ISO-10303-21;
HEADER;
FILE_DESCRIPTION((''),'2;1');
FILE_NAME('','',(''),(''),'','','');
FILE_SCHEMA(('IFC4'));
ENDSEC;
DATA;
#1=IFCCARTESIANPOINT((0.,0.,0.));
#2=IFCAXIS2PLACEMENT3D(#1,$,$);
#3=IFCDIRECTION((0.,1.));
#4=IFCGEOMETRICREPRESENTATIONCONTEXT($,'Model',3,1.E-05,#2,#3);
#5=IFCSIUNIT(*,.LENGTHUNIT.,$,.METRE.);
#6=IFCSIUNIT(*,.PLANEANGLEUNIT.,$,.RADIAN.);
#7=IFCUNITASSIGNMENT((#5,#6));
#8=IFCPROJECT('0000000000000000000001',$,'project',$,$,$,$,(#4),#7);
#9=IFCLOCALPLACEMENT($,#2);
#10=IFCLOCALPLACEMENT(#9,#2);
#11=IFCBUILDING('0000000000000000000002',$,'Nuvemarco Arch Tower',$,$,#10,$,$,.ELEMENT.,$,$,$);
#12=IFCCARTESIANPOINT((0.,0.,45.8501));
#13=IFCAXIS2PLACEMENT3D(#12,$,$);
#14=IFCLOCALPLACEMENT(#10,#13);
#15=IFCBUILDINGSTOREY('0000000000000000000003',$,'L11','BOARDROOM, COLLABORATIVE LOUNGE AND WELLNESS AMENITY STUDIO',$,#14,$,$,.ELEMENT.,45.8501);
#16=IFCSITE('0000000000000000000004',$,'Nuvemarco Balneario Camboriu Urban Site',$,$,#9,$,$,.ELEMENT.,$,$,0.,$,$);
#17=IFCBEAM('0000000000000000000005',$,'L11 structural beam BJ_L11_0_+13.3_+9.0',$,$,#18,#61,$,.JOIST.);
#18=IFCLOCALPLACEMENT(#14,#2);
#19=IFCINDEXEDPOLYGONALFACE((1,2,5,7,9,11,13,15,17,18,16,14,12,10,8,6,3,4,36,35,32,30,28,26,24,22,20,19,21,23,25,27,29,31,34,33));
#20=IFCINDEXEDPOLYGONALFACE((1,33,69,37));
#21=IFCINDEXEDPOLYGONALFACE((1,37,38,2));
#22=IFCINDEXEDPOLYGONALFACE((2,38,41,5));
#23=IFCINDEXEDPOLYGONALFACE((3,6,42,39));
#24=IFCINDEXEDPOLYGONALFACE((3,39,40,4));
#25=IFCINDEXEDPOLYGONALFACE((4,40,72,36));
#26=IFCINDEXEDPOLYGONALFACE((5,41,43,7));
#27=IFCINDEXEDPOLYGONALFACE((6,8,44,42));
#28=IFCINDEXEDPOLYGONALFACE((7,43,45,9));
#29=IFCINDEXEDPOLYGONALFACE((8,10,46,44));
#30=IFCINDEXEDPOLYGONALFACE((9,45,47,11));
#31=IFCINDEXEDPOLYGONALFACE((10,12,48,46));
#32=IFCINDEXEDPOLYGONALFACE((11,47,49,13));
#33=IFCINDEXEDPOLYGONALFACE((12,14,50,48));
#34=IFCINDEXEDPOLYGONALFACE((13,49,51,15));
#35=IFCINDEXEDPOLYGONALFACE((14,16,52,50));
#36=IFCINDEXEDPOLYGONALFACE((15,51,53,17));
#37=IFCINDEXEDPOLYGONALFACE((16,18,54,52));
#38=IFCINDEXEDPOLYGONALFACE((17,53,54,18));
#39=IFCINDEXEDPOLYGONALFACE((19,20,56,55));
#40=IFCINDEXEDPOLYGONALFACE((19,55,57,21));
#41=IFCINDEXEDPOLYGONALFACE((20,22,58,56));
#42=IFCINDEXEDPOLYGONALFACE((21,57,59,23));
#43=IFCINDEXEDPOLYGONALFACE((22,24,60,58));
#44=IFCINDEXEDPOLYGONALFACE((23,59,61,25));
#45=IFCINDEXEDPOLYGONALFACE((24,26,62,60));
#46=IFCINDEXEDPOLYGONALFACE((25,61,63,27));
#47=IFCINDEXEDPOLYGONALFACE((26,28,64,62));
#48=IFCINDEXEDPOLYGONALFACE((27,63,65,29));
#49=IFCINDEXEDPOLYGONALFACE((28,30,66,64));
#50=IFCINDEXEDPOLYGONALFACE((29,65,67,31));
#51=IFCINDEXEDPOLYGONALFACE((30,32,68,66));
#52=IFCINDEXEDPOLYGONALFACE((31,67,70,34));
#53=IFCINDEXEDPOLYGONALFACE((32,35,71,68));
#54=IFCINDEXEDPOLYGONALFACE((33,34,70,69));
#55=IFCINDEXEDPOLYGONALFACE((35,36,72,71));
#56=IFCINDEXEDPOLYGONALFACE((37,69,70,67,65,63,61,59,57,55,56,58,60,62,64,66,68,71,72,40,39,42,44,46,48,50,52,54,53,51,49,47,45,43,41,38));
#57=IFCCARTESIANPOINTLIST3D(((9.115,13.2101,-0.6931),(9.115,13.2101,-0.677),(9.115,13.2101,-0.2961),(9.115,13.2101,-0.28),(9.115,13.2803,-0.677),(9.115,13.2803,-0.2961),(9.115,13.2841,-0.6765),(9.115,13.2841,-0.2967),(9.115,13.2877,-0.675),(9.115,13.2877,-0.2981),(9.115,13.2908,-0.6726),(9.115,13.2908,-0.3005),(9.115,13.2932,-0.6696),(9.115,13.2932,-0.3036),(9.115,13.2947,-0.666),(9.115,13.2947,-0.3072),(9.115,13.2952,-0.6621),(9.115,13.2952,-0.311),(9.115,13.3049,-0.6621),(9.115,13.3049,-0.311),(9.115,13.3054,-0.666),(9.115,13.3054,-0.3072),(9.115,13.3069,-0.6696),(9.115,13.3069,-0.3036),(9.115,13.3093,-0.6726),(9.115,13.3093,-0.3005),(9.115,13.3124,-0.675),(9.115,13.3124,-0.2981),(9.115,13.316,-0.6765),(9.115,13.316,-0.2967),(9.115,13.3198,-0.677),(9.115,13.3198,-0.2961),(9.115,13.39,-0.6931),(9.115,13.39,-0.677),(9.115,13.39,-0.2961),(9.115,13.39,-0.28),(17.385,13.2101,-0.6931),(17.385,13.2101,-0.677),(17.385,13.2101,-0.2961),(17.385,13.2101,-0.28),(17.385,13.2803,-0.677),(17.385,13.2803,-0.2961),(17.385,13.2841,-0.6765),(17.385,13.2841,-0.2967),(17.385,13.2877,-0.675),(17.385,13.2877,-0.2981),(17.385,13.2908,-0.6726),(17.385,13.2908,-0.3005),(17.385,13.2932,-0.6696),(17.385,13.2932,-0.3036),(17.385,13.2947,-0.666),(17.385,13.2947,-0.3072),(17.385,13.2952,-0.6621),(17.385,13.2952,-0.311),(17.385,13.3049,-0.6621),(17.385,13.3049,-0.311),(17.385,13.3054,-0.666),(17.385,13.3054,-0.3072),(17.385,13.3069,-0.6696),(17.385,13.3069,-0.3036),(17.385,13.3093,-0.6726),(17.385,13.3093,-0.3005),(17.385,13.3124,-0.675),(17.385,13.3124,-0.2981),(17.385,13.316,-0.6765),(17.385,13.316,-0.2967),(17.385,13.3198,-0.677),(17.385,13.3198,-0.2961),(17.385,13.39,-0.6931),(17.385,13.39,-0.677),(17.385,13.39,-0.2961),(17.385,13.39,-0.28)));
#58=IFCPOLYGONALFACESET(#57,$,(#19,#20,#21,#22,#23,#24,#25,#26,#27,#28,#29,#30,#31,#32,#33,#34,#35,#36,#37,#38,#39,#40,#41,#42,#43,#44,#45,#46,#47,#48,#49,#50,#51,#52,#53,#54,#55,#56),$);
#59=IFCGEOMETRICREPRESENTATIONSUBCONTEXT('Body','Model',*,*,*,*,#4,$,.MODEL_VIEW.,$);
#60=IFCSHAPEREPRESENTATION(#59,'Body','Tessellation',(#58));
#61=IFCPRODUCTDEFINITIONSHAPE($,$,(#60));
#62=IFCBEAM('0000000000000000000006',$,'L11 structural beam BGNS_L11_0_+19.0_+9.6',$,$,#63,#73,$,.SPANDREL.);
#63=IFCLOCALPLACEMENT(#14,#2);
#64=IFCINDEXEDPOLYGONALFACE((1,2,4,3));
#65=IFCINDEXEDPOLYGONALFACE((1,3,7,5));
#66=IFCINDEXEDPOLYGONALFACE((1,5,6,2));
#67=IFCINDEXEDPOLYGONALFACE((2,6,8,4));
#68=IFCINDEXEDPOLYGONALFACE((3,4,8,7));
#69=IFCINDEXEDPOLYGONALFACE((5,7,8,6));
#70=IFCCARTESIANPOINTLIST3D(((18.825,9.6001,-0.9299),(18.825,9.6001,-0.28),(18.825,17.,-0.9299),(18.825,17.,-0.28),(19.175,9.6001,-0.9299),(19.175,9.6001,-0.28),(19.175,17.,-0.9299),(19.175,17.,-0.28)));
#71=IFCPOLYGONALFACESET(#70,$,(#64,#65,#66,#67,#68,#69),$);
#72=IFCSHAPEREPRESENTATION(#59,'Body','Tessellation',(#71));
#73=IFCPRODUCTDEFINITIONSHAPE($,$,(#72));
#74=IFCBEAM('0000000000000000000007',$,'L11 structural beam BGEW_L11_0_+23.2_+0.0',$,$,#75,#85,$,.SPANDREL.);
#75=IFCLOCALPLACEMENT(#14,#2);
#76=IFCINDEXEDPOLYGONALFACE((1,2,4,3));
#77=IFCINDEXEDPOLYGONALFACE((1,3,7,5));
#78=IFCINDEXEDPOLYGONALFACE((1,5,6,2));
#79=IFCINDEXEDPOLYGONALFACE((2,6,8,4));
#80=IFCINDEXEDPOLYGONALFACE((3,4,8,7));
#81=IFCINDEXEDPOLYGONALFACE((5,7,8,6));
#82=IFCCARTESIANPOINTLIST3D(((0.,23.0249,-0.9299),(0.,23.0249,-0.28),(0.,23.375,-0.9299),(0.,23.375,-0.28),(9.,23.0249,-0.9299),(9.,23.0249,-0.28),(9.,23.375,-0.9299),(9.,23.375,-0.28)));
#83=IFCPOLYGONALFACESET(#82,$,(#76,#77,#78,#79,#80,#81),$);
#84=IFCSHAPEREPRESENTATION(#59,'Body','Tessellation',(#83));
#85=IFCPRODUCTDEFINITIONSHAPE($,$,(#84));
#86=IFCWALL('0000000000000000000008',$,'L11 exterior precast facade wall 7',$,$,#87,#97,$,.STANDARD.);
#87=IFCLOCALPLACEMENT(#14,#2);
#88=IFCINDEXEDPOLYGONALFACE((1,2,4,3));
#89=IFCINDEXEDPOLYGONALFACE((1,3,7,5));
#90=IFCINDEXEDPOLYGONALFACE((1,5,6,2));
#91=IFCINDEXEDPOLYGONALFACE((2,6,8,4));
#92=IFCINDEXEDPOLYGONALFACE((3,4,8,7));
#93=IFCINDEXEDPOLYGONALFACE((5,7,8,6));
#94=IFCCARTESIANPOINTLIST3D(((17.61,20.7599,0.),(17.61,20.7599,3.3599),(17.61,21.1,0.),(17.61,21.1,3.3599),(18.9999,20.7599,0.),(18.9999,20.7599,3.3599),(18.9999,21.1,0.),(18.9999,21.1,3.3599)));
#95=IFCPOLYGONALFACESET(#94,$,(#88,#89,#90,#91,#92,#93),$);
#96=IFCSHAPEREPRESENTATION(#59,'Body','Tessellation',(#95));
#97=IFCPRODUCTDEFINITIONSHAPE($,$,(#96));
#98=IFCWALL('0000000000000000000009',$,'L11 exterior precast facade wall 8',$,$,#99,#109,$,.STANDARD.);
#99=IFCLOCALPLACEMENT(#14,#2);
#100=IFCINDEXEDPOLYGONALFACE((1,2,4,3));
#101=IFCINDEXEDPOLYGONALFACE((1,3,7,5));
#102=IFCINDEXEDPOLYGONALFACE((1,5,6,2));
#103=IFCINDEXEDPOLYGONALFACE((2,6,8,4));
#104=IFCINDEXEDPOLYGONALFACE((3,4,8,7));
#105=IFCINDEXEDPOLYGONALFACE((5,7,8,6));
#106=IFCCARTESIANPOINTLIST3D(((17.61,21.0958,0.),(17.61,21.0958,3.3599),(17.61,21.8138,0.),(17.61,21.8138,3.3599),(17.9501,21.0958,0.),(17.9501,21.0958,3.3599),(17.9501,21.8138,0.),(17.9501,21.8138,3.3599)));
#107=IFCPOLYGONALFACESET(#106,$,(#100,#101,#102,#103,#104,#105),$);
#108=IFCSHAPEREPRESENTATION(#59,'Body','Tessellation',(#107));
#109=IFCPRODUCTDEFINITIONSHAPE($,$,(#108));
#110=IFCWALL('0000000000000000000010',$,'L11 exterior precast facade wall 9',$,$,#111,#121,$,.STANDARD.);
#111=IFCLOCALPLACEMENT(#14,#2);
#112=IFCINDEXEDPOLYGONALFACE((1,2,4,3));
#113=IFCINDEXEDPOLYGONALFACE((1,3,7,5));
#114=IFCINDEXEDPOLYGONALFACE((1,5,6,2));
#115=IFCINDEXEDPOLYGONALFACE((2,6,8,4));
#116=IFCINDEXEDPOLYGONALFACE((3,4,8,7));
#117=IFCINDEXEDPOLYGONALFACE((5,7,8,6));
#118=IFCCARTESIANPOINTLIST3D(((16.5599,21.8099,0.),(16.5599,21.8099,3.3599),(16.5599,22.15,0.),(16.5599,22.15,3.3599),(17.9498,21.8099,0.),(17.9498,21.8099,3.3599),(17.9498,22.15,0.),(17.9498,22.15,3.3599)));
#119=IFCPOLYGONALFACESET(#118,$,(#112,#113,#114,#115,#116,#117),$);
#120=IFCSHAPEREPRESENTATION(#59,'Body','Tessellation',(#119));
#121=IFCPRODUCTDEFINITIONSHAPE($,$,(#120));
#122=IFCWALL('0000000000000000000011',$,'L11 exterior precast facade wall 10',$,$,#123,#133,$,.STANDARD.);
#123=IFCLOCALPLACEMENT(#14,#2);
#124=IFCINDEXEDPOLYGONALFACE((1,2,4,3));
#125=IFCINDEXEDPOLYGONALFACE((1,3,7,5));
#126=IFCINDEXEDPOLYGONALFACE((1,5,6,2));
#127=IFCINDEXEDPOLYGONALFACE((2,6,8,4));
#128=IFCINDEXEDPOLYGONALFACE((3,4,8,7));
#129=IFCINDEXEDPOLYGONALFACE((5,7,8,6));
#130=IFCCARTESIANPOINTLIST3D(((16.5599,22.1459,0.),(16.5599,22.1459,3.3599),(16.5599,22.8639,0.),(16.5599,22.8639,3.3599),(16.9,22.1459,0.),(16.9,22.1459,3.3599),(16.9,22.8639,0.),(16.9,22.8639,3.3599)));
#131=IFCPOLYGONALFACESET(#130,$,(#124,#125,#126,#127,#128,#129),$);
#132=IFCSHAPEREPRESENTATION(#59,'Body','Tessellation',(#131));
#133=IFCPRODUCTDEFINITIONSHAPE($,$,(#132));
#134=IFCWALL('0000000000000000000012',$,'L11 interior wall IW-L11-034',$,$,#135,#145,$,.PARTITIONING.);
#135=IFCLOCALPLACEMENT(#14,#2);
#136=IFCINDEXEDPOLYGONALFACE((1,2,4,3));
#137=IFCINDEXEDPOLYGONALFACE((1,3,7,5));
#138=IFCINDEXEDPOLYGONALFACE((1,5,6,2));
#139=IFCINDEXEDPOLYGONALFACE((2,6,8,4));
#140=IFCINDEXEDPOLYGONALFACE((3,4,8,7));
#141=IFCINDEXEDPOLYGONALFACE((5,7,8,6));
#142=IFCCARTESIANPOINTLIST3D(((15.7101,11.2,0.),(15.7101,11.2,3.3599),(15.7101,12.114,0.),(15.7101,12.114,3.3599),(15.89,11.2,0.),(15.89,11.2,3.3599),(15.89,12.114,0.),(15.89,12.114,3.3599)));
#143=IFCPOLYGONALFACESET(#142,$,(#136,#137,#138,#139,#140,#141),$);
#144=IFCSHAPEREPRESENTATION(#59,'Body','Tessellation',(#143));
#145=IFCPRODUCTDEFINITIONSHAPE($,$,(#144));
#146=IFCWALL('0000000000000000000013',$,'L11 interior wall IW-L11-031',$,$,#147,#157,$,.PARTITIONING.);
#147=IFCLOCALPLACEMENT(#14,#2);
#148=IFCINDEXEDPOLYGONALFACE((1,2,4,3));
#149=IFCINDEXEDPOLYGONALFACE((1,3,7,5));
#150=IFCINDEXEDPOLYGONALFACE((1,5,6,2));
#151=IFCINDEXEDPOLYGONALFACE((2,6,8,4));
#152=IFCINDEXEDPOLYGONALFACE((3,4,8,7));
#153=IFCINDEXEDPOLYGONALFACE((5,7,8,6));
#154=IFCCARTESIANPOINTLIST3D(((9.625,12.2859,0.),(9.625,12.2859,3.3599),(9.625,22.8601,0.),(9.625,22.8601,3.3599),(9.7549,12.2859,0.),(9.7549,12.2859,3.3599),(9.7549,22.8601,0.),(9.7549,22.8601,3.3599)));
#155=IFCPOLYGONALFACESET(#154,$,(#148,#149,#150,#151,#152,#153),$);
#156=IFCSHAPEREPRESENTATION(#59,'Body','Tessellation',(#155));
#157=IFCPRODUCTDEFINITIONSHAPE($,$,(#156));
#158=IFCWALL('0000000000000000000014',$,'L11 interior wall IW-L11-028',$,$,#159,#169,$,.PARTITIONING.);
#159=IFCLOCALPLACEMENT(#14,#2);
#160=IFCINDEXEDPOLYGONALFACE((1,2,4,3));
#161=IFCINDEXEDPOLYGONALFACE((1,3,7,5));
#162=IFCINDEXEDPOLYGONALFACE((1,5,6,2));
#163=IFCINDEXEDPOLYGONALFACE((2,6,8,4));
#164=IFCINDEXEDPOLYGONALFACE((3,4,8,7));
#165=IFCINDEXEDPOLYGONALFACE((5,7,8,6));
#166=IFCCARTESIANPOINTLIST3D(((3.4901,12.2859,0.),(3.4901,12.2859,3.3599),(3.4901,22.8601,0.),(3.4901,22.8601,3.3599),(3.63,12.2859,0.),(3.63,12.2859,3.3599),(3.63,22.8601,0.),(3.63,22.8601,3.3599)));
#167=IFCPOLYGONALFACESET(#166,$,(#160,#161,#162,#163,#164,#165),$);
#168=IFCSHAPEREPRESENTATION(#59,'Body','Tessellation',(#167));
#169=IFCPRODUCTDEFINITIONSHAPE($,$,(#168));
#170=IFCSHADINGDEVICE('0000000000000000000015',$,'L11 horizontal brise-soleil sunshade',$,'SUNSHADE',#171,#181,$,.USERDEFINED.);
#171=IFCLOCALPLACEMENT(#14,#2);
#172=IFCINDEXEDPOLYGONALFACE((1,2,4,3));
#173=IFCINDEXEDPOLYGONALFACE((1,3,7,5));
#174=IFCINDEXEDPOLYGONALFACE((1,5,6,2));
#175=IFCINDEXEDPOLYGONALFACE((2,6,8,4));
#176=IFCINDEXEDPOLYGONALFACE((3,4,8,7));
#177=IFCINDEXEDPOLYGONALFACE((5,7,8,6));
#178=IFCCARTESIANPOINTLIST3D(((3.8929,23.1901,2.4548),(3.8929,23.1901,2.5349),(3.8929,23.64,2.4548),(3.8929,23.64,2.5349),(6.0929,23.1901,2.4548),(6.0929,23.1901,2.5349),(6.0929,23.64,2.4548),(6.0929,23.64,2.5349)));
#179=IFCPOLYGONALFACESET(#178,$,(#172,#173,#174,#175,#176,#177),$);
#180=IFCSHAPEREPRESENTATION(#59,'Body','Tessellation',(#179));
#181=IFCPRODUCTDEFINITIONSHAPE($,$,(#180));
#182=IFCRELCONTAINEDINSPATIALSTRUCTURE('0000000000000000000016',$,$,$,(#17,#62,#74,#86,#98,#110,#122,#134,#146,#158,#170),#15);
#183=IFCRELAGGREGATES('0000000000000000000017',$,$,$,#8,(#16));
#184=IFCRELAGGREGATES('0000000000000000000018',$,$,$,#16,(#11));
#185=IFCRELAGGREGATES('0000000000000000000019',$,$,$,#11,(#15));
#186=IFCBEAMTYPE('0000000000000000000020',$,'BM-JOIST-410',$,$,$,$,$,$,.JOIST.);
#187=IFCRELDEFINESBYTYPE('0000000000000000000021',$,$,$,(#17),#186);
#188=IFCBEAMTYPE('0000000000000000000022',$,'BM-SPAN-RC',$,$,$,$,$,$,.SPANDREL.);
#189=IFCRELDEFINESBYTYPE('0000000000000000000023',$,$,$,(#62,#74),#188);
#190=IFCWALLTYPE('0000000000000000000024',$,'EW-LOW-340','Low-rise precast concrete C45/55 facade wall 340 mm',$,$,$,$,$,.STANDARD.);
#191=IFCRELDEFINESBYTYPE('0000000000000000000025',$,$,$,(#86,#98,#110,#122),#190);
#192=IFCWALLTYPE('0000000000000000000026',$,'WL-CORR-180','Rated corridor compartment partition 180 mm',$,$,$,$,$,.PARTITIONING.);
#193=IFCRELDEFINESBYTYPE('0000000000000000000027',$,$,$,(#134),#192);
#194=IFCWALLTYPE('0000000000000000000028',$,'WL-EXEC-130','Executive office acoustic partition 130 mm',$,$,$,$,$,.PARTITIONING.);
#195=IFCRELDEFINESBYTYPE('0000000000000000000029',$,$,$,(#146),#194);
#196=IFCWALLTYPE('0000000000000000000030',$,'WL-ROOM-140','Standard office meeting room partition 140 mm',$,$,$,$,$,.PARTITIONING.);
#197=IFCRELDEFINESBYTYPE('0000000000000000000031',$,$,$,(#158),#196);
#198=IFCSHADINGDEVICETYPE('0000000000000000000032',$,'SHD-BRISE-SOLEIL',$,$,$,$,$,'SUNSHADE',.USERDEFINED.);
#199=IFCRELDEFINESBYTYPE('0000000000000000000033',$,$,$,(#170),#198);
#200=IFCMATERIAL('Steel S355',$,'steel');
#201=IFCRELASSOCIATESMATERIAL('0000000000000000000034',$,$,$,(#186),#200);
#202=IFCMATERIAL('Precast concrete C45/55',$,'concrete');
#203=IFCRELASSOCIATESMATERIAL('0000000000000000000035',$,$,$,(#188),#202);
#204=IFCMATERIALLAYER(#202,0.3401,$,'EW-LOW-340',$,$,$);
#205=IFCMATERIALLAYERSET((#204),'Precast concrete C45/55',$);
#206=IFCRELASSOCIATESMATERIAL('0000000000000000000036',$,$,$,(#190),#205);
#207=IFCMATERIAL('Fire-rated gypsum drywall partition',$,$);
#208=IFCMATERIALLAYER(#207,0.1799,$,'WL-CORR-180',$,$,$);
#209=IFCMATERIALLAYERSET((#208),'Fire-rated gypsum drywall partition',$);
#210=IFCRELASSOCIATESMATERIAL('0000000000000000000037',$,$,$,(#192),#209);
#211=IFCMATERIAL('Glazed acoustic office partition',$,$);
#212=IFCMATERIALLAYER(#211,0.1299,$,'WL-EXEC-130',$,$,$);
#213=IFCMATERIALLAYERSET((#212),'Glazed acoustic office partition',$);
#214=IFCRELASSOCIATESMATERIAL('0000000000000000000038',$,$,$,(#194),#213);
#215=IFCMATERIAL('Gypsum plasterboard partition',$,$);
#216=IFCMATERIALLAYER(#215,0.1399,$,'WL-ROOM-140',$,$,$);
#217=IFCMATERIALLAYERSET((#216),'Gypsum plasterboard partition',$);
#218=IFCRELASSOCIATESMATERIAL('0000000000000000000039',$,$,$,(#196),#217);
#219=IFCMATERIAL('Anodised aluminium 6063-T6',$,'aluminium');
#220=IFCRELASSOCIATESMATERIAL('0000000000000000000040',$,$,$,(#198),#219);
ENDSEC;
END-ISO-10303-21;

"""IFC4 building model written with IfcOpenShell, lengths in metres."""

from ifc_helpers import new_model, si_unit, direction, frame, frame_2d, origin, origin_2d, place, context, subcontext, project, spatial, rectangle, i_section, extrude, source, transform, mapped, material, layer, layer_set, material_profile, profile_set, type_object, type_shapes, element, save


model = new_model("IFC4")

# Units and contexts
model_context = context("Model", 3, precision=1e-05, world=origin(), true_north=direction((0.0, 1.0)))
body_context = subcontext(model_context, "Body", "Model", "MODEL_VIEW")
ifc_project = project(units=[si_unit("LENGTHUNIT", "METRE"), si_unit("PLANEANGLEUNIT", "RADIAN")], contexts=[model_context])

# Site, building, storey
site_placement = place(None, origin())
site = spatial("IfcSite", under=ifc_project, at=site_placement, Name="Nuvemarco Balneario Camboriu Urban Site", CompositionType="ELEMENT", RefElevation=0.0)
building_placement = place(site_placement, origin())
building = spatial("IfcBuilding", under=site, at=building_placement, Name="Nuvemarco Arch Tower", CompositionType="ELEMENT")
storey_placement = place(building_placement, frame((0.0, 0.0, 45.8501)))
storey = spatial("IfcBuildingStorey", under=building, at=storey_placement, Name="L11", Description="BOARDROOM, COLLABORATIVE LOUNGE AND WELLNESS AMENITY STUDIO", CompositionType="ELEMENT", Elevation=45.8501)

# Shared definitions
ifc_material_1 = material(Name="Steel S355", Category="steel")

# Beams
ifc_material_profile_1 = material_profile(ifc_material_1, i_section(OverallWidth=0.1799, OverallDepth=0.4131, WebThickness=0.0098, FlangeThickness=0.0161, FilletRadius=0.0149, at=origin_2d()), Name="W410x75")
ifc_profile_set_1 = profile_set([ifc_material_profile_1], Name="Steel S355")
beam_type_1 = type_object("IfcBeamType", Name="BM-JOIST-410", PredefinedType="JOIST", material=ifc_profile_set_1)
beam_1_placement = place(storey_placement, frame((9.115, 13.3, -0.4866), z_axis=(1.0, 0.0, 0.0), x_axis=(0.0, 1.0, 0.0)))
element("IfcBeam", 1, at=beam_1_placement, inside=storey, type_object=beam_type_1, Name="L11 structural beam BJ_L11_0_+13.3_+9.0", PredefinedType="JOIST", context=body_context, shape_type="SweptSolid", body=[
    extrude(i_section(OverallWidth=0.1799, OverallDepth=0.4131, WebThickness=0.0098, FlangeThickness=0.0161, FilletRadius=0.0149, at=origin_2d()), origin(), (0.0, 0.0, 1.0), 8.27),
])
ifc_material_2 = material(Name="Precast concrete C45/55", Category="concrete")
ifc_material_profile_2 = material_profile(ifc_material_2, rectangle(XDim=0.3501, YDim=0.6499, at=origin_2d()), Name="PC-SP-350x650")
ifc_profile_set_2 = profile_set([ifc_material_profile_2], Name="Precast concrete C45/55")
beam_type_2 = type_object("IfcBeamType", Name="BM-SPAN-RC", PredefinedType="SPANDREL", material=ifc_profile_set_2)
beam_2_placement = place(storey_placement, frame((19.0, 9.6001, -0.605), z_axis=(0.0, 1.0, 0.0), x_axis=(-1.0, 0.0, 0.0)))
element("IfcBeam", 2, at=beam_2_placement, inside=storey, type_object=beam_type_2, Name="L11 structural beam BGNS_L11_0_+19.0_+9.6", PredefinedType="SPANDREL", context=body_context, shape_type="SweptSolid", body=[
    extrude(rectangle(XDim=0.3501, YDim=0.6499, at=origin_2d()), origin(), (0.0, 0.0, 1.0), 7.3999),
])
beam_3_placement = place(storey_placement, frame((0.0, 23.2, -0.605), z_axis=(1.0, 0.0, 0.0), x_axis=(0.0, 1.0, 0.0)))
element("IfcBeam", 3, at=beam_3_placement, inside=storey, type_object=beam_type_2, Name="L11 structural beam BGEW_L11_0_+23.2_+0.0", PredefinedType="SPANDREL", context=body_context, shape_type="SweptSolid", body=[
    extrude(rectangle(XDim=0.3501, YDim=0.6499, at=origin_2d()), origin(), (0.0, 0.0, 1.0), 9.0),
])

# Walls
ifc_layer_1 = layer(ifc_material_2, 0.3401, Name="EW-LOW-340")
ifc_layer_set_1 = layer_set([ifc_layer_1], Name="Precast concrete C45/55")
wall_type_1 = type_object("IfcWallType", Name="EW-LOW-340", Description="Low-rise precast concrete C45/55 facade wall 340 mm", PredefinedType="STANDARD", material=ifc_layer_set_1)
wall_1_placement = place(storey_placement, frame((17.6101, 20.9299, 0.0), z_axis=(0.0, 0.0, 1.0), x_axis=(1.0, 0.0, 0.0)))
element("IfcWall", 4, at=wall_1_placement, inside=storey, type_object=wall_type_1, Name="L11 exterior precast facade wall 7", PredefinedType="STANDARD", context=body_context, shape_type="SweptSolid", body=[
    extrude(rectangle(XDim=1.3899, YDim=0.3401, at=frame_2d((0.6948, 0.0))), origin(), (0.0, 0.0, 1.0), 3.3599),
])
wall_2_placement = place(storey_placement, frame((17.78, 21.0959, 0.0), z_axis=(0.0, 0.0, 1.0), x_axis=(0.0, 1.0, 0.0)))
element("IfcWall", 5, at=wall_2_placement, inside=storey, type_object=wall_type_1, Name="L11 exterior precast facade wall 8", PredefinedType="STANDARD", context=body_context, shape_type="SweptSolid", body=[
    extrude(rectangle(XDim=0.718, YDim=0.3401, at=frame_2d((0.3589, 0.0))), origin(), (0.0, 0.0, 1.0), 3.3599),
])
wall_3_placement = place(storey_placement, frame((16.5601, 21.98, 0.0), z_axis=(0.0, 0.0, 1.0), x_axis=(1.0, 0.0, 0.0)))
element("IfcWall", 6, at=wall_3_placement, inside=storey, type_object=wall_type_1, Name="L11 exterior precast facade wall 9", PredefinedType="STANDARD", context=body_context, shape_type="SweptSolid", body=[
    extrude(rectangle(XDim=1.3899, YDim=0.3401, at=frame_2d((0.6948, 0.0))), origin(), (0.0, 0.0, 1.0), 3.3599),
])
wall_4_placement = place(storey_placement, frame((16.73, 22.146, 0.0), z_axis=(0.0, 0.0, 1.0), x_axis=(0.0, 1.0, 0.0)))
element("IfcWall", 7, at=wall_4_placement, inside=storey, type_object=wall_type_1, Name="L11 exterior precast facade wall 10", PredefinedType="STANDARD", context=body_context, shape_type="SweptSolid", body=[
    extrude(rectangle(XDim=0.718, YDim=0.3401, at=frame_2d((0.3589, 0.0))), origin(), (0.0, 0.0, 1.0), 3.3599),
])
ifc_material_3 = material(Name="Fire-rated gypsum drywall partition")
ifc_layer_2 = layer(ifc_material_3, 0.1799, Name="WL-CORR-180")
ifc_layer_set_2 = layer_set([ifc_layer_2], Name="Fire-rated gypsum drywall partition")
wall_type_2 = type_object("IfcWallType", Name="WL-CORR-180", Description="Rated corridor compartment partition 180 mm", PredefinedType="PARTITIONING", material=ifc_layer_set_2)
wall_5_placement = place(storey_placement, frame((15.8, 11.2, 0.0), z_axis=(0.0, 0.0, 1.0), x_axis=(0.0, 1.0, 0.0)))
element("IfcWall", 8, at=wall_5_placement, inside=storey, type_object=wall_type_2, Name="L11 interior wall IW-L11-034", PredefinedType="PARTITIONING", context=body_context, shape_type="SweptSolid", body=[
    extrude(rectangle(XDim=0.9141, YDim=0.1799, at=frame_2d((0.457, 0.0))), origin(), (0.0, 0.0, 1.0), 3.3599),
])
ifc_material_4 = material(Name="Glazed acoustic office partition")
ifc_layer_3 = layer(ifc_material_4, 0.1299, Name="WL-EXEC-130")
ifc_layer_set_3 = layer_set([ifc_layer_3], Name="Glazed acoustic office partition")
wall_type_3 = type_object("IfcWallType", Name="WL-EXEC-130", Description="Executive office acoustic partition 130 mm", PredefinedType="PARTITIONING", material=ifc_layer_set_3)
wall_6_placement = place(storey_placement, frame((9.6899, 12.2859, 0.0), z_axis=(0.0, 0.0, 1.0), x_axis=(0.0, 1.0, 0.0)))
element("IfcWall", 9, at=wall_6_placement, inside=storey, type_object=wall_type_3, Name="L11 interior wall IW-L11-031", PredefinedType="PARTITIONING", context=body_context, shape_type="SweptSolid", body=[
    extrude(rectangle(XDim=10.5742, YDim=0.1299, at=frame_2d((5.2871, 0.0))), origin(), (0.0, 0.0, 1.0), 3.3599),
])
ifc_material_5 = material(Name="Gypsum plasterboard partition")
ifc_layer_4 = layer(ifc_material_5, 0.1399, Name="WL-ROOM-140")
ifc_layer_set_4 = layer_set([ifc_layer_4], Name="Gypsum plasterboard partition")
wall_type_4 = type_object("IfcWallType", Name="WL-ROOM-140", Description="Standard office meeting room partition 140 mm", PredefinedType="PARTITIONING", material=ifc_layer_set_4)
wall_7_placement = place(storey_placement, frame((3.5601, 12.2859, 0.0), z_axis=(0.0, 0.0, 1.0), x_axis=(0.0, 1.0, 0.0)))
element("IfcWall", 10, at=wall_7_placement, inside=storey, type_object=wall_type_4, Name="L11 interior wall IW-L11-028", PredefinedType="PARTITIONING", context=body_context, shape_type="SweptSolid", body=[
    extrude(rectangle(XDim=10.5742, YDim=0.1399, at=frame_2d((5.2871, 0.0))), origin(), (0.0, 0.0, 1.0), 3.3599),
])

# Shading device
ifc_material_6 = material(Name="Anodised aluminium 6063-T6", Category="aluminium")
shading_device_type_1 = type_object("IfcShadingDeviceType", Name="SHD-BRISE-SOLEIL", ElementType="SUNSHADE", PredefinedType="USERDEFINED", material=ifc_material_6)
shared_shape_1 = source(origin(), body_context, "Body", "SweptSolid", [
    extrude(rectangle(XDim=2.2, YDim=0.45, at=origin_2d()), origin(), (0.0, 0.0, 1.0), 0.0801),
])
type_shapes(shading_device_type_1, [shared_shape_1])
for number, where, z_axis, x_axis, name in (
    (11, (4.9929, 23.415, 2.4548), (0.0, 0.0, 1.0), (1.0, 0.0, 0.0), "L11 horizontal brise-soleil sunshade"),
):
    element("IfcShadingDevice", number, at=place(storey_placement, frame(where, z_axis=z_axis, x_axis=x_axis)), inside=storey, type_object=shading_device_type_1, Name=name, ObjectType="SUNSHADE", PredefinedType="USERDEFINED", context=body_context, shape_type="MappedRepresentation", body=[
        mapped(shared_shape_1, transform((0.0, 0.0, 0.0), scale=1.0)),
    ])

save(model, "model.ifc")
